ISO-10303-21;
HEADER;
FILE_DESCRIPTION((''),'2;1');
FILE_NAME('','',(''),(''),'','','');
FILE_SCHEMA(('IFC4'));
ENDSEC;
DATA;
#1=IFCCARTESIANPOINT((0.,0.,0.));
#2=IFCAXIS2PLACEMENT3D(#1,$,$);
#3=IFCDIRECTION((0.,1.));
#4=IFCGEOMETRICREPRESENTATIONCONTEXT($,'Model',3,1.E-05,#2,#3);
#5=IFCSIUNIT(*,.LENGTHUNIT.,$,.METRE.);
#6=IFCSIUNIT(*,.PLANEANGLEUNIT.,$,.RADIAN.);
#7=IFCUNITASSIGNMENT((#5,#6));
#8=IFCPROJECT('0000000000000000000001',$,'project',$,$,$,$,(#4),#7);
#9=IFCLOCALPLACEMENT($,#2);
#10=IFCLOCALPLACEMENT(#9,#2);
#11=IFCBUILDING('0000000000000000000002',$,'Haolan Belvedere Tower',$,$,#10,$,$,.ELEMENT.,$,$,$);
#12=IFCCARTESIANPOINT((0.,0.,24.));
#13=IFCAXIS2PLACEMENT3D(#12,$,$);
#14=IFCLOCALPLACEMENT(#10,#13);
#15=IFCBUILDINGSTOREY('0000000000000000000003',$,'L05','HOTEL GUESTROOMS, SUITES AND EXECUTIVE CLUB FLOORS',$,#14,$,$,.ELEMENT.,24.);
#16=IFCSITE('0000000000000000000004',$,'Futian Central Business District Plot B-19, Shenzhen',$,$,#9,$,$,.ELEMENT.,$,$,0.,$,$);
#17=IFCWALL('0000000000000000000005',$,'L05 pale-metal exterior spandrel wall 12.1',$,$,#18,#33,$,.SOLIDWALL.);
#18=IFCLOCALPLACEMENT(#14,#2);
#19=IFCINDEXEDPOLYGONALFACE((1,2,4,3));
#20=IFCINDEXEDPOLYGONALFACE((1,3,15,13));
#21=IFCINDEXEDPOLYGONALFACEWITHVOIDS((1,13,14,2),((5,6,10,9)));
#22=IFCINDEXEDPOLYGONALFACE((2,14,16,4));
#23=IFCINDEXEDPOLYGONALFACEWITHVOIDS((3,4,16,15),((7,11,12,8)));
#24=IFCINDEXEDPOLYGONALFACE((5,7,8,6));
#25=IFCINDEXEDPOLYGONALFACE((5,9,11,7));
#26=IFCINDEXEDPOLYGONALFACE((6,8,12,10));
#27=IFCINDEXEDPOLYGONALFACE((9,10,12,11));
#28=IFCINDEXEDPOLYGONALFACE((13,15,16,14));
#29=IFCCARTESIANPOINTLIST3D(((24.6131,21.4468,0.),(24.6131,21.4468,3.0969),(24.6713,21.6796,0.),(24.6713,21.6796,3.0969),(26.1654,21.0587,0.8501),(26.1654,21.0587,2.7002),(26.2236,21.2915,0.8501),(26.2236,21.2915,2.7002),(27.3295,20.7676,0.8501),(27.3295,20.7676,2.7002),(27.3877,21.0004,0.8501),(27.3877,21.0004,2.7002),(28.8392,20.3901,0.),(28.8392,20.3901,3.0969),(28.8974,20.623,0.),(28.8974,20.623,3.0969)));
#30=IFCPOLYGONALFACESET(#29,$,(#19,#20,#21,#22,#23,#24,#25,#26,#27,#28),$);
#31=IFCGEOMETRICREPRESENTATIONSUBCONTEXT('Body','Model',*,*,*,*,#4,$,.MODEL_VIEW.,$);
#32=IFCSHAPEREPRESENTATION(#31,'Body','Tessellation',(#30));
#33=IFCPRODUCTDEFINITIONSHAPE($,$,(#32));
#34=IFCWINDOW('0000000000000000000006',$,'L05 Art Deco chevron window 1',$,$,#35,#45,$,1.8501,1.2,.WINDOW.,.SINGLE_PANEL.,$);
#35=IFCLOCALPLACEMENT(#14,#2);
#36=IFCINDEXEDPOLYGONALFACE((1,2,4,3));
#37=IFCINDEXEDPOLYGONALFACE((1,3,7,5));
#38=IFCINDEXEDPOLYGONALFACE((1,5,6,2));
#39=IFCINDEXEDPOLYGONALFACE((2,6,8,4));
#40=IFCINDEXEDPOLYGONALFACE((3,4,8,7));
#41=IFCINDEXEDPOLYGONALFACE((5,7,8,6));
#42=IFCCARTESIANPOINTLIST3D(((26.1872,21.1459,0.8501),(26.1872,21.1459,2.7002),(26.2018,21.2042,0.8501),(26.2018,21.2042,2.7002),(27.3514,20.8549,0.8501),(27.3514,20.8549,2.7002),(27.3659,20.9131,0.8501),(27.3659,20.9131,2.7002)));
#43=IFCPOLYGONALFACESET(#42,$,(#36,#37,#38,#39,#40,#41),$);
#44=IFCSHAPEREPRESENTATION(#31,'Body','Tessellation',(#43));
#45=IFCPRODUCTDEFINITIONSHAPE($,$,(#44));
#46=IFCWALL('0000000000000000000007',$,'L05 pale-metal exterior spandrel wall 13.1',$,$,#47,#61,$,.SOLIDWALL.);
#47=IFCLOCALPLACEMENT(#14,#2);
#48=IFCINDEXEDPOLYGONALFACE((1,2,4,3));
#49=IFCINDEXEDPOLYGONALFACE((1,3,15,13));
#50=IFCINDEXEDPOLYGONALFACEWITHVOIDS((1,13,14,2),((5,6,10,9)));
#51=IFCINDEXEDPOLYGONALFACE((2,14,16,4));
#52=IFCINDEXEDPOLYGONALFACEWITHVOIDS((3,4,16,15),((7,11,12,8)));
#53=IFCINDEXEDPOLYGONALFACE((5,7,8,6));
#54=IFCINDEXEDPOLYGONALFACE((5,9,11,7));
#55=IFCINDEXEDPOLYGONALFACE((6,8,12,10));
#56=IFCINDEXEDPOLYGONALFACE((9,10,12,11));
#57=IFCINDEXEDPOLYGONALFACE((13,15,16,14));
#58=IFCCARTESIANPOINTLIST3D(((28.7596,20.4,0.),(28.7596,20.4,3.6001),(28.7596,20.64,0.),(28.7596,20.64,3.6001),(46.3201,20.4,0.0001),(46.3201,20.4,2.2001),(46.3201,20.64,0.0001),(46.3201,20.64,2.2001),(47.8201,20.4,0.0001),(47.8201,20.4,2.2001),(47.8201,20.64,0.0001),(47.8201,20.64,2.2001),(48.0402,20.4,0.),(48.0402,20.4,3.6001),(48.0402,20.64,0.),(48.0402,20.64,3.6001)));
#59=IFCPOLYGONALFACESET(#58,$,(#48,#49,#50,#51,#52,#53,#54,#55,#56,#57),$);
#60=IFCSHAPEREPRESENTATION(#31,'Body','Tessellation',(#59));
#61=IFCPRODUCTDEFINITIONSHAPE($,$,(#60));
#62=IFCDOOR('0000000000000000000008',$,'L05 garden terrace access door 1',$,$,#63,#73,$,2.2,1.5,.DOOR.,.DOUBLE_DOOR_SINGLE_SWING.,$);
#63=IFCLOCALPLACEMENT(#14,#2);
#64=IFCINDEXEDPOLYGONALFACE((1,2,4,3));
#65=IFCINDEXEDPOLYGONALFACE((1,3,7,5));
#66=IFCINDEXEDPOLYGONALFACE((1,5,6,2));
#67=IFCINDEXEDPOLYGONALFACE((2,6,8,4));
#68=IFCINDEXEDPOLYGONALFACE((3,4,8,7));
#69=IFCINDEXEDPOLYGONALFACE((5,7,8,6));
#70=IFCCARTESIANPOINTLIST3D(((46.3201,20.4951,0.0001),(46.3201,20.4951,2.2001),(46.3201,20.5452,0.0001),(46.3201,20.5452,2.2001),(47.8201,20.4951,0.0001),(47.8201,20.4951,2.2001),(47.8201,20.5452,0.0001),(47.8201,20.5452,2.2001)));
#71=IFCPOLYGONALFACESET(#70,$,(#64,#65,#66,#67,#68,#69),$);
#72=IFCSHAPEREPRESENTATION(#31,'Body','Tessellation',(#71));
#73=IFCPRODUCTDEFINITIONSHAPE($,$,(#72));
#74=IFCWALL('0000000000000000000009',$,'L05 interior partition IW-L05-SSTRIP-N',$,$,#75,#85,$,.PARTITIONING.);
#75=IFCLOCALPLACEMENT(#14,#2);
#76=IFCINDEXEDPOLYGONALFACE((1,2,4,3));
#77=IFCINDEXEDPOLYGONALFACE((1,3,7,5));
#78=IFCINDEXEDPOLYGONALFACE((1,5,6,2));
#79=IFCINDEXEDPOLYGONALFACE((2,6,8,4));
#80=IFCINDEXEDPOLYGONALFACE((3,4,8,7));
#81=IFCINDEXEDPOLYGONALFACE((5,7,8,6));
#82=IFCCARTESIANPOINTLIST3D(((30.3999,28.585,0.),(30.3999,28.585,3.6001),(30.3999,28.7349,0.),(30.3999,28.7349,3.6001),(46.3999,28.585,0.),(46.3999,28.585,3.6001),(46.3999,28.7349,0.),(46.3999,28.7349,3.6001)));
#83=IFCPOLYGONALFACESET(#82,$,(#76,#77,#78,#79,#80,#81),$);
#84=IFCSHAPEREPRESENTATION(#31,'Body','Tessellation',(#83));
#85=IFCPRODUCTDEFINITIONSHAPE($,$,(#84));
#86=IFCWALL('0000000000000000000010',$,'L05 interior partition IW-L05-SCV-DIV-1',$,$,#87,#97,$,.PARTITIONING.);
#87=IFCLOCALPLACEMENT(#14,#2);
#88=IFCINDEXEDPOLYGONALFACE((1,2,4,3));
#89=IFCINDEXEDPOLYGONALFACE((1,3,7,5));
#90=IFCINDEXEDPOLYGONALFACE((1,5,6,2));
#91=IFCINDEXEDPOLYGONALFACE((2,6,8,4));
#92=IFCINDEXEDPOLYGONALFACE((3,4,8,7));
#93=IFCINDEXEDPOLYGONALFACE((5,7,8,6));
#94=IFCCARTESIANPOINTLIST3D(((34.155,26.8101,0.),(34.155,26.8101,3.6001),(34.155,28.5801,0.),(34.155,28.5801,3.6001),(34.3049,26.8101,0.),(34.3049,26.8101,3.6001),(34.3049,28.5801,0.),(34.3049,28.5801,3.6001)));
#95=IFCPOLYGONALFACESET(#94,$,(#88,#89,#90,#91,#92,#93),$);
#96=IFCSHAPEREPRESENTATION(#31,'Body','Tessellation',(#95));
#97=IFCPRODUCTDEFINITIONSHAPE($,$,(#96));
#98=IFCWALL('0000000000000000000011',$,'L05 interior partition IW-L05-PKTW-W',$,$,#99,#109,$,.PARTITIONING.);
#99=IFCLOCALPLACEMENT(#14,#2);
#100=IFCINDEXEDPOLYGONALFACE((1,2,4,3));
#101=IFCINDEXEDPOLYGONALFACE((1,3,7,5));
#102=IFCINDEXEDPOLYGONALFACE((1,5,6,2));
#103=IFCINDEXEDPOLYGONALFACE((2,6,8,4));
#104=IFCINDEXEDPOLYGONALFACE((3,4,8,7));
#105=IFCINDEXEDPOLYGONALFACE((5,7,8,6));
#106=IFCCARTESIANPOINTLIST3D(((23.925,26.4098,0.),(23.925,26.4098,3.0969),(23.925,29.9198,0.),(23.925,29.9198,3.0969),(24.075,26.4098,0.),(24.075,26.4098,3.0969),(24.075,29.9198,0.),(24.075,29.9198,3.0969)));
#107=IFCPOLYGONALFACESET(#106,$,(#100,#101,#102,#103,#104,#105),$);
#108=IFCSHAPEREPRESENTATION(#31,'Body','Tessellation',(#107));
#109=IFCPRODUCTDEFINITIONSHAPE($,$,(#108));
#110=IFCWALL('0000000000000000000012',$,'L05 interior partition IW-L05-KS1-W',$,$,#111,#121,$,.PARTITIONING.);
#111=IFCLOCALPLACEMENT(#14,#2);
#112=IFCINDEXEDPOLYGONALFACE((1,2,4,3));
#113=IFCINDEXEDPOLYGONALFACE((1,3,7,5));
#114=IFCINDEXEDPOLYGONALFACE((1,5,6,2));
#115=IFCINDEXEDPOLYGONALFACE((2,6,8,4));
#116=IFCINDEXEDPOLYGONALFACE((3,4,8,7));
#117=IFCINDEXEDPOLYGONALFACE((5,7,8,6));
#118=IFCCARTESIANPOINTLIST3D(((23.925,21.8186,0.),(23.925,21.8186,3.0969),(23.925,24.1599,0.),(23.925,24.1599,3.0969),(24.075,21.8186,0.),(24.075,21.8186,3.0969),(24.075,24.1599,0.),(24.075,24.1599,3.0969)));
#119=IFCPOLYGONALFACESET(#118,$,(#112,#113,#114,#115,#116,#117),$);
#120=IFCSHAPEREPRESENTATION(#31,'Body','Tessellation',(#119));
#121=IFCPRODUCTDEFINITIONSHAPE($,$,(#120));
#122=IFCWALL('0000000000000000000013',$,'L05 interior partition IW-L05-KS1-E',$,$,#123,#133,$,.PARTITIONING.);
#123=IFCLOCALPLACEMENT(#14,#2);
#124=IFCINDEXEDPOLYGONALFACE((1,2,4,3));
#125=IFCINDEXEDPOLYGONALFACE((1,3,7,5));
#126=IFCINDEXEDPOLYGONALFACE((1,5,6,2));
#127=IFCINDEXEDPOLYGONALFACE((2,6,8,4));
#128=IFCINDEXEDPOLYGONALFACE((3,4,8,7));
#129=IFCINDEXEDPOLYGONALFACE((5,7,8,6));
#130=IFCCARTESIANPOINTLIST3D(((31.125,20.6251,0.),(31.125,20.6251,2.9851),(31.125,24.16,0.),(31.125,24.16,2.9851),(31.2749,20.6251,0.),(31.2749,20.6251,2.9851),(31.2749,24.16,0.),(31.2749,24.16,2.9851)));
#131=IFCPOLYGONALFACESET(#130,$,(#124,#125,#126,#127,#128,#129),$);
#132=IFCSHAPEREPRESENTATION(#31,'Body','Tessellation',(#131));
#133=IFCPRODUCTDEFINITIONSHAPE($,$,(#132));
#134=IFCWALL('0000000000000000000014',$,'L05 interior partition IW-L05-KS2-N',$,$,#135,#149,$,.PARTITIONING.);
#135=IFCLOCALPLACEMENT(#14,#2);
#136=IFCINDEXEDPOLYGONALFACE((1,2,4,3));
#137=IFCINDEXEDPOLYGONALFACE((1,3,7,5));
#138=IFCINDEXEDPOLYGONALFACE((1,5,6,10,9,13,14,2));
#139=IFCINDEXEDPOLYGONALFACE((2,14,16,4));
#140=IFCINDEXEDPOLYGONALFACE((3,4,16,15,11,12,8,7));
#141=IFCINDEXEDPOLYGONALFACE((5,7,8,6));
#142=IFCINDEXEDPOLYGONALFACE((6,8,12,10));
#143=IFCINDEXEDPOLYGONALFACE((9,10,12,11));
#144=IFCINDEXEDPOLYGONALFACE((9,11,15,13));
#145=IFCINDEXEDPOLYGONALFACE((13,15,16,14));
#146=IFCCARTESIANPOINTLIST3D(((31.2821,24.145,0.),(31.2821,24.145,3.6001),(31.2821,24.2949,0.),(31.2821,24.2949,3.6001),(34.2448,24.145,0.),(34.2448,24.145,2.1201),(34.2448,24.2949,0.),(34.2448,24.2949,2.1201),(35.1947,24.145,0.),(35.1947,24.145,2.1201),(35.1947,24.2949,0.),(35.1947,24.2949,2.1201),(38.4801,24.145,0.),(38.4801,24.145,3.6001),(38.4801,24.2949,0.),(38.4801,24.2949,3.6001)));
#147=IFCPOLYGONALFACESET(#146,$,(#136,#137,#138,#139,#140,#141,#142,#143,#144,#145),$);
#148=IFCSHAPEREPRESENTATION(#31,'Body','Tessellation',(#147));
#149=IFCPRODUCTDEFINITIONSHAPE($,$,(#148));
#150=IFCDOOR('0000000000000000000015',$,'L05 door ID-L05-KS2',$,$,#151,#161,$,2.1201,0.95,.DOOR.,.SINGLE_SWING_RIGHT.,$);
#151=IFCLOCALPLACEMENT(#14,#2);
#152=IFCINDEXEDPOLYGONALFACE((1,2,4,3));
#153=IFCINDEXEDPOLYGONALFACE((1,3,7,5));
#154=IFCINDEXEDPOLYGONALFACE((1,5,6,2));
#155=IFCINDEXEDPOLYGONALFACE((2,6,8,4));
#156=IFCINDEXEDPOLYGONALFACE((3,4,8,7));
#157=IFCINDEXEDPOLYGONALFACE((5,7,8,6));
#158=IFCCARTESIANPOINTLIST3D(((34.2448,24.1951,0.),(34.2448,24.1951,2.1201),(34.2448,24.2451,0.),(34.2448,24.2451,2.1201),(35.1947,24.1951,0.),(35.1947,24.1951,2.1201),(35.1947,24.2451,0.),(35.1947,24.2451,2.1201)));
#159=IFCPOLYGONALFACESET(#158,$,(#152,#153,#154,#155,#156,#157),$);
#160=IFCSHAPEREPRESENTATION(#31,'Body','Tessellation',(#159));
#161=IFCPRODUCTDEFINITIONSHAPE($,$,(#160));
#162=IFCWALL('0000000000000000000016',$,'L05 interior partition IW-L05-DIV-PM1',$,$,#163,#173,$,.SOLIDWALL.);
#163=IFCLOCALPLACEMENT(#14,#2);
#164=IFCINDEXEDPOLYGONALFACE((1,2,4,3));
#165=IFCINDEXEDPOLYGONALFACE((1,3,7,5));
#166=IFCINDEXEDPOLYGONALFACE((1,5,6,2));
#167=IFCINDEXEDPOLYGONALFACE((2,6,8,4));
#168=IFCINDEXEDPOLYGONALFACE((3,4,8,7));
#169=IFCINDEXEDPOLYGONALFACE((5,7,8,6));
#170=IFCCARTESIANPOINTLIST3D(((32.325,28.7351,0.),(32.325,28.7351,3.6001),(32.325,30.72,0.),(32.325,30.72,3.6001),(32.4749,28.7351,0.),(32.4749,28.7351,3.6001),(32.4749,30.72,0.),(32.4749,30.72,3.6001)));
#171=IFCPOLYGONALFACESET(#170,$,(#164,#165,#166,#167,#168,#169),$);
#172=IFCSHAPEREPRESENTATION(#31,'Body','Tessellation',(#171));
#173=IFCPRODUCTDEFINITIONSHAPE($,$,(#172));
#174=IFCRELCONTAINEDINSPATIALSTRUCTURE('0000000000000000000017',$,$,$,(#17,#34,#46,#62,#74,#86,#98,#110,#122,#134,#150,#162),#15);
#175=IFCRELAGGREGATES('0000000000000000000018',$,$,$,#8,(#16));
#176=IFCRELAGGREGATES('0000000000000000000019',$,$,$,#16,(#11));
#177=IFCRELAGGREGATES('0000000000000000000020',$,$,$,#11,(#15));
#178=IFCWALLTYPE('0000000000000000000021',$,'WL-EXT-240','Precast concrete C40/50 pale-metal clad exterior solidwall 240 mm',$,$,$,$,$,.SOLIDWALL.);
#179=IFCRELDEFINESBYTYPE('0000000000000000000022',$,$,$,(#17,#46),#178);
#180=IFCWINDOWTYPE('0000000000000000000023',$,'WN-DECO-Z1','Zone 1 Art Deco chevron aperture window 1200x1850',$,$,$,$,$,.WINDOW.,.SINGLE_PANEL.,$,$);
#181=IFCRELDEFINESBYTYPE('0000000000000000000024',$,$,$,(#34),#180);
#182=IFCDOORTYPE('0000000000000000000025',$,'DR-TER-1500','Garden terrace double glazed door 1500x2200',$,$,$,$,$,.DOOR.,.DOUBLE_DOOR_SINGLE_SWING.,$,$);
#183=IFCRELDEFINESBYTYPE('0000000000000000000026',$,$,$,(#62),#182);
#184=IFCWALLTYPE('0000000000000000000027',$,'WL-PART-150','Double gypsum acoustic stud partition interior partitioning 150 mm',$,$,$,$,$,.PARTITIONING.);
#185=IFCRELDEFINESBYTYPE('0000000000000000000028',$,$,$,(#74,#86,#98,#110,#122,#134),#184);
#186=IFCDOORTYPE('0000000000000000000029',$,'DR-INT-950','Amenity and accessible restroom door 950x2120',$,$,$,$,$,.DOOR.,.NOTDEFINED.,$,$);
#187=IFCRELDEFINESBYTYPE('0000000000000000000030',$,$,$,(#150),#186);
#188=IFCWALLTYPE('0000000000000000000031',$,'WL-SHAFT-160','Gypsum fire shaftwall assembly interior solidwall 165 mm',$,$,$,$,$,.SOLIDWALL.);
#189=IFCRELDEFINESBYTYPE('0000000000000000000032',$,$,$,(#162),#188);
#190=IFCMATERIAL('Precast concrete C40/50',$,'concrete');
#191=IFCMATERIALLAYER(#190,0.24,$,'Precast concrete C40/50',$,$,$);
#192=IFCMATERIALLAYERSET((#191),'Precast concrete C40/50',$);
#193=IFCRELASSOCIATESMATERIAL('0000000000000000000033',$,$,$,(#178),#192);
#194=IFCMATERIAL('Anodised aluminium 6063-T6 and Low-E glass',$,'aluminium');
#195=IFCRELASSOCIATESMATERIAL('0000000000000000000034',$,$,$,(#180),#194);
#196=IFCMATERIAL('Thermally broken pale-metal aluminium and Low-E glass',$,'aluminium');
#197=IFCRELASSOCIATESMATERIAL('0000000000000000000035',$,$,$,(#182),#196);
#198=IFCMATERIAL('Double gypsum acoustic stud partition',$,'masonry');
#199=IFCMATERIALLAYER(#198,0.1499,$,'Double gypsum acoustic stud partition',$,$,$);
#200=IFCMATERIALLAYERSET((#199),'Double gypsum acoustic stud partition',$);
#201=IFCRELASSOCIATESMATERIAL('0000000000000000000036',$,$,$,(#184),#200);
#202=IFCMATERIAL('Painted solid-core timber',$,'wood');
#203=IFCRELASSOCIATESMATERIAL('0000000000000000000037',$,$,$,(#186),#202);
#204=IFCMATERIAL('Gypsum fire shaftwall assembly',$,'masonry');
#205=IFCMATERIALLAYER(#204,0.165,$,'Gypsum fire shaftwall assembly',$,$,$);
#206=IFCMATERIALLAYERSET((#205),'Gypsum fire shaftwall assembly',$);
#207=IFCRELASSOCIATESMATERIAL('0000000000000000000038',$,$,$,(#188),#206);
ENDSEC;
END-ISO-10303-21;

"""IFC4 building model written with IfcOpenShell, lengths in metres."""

from ifc_helpers import new_model, si_unit, direction, frame, frame_2d, origin, place, context, subcontext, project, spatial, rectangle, extrude, material, layer, layer_set, type_object, element, fill, save


model = new_model("IFC4")

# Units and contexts
model_context = context("Model", 3, precision=1e-05, world=origin(), true_north=direction((0.0, 1.0)))
body_context = subcontext(model_context, "Body", "Model", "MODEL_VIEW")
ifc_project = project(units=[si_unit("LENGTHUNIT", "METRE"), si_unit("PLANEANGLEUNIT", "RADIAN")], contexts=[model_context])

# Site, building, storey
site_placement = place(None, origin())
site = spatial("IfcSite", under=ifc_project, at=site_placement, Name="Futian Central Business District Plot B-19, Shenzhen", CompositionType="ELEMENT", RefElevation=0.0)
building_placement = place(site_placement, origin())
building = spatial("IfcBuilding", under=site, at=building_placement, Name="Haolan Belvedere Tower", CompositionType="ELEMENT")
storey_placement = place(building_placement, frame((0.0, 0.0, 24.0)))
storey = spatial("IfcBuildingStorey", under=building, at=storey_placement, Name="L05", Description="HOTEL GUESTROOMS, SUITES AND EXECUTIVE CLUB FLOORS", CompositionType="ELEMENT", Elevation=24.0)

# Wall, opening, window
ifc_material_1 = material(Name="Precast concrete C40/50", Category="concrete")
ifc_layer_1 = layer(ifc_material_1, 0.24, Name="Precast concrete C40/50")
ifc_layer_set_1 = layer_set([ifc_layer_1], Name="Precast concrete C40/50")
wall_type_1 = type_object("IfcWallType", Name="WL-EXT-240", Description="Precast concrete C40/50 pale-metal clad exterior solidwall 240 mm", PredefinedType="SOLIDWALL", material=ifc_layer_set_1)
wall_1_placement = place(storey_placement, frame((24.6421, 21.5632, 0.0), z_axis=(0.0, 0.0, 1.0), x_axis=(0.970136, -0.242562, 0.0)))
wall_1 = element("IfcWall", 1, at=wall_1_placement, inside=storey, type_object=wall_type_1, Name="L05 pale-metal exterior spandrel wall 12.1", PredefinedType="SOLIDWALL", context=body_context, shape_type="SweptSolid", body=[
    extrude(rectangle(XDim=4.3562, YDim=0.24, at=frame_2d((2.1782, 0.0))), origin(), (0.0, 0.0, 1.0), 3.0969),
])
opening_1_placement = place(wall_1_placement, frame((1.6001, 0.0, 0.8501)))
opening_1 = element("IfcOpeningElement", 2, at=opening_1_placement, cuts=wall_1, PredefinedType="OPENING", context=body_context, shape_type="SweptSolid", body=[
    extrude(rectangle(XDim=1.2, YDim=1.8501, at=frame_2d((0.6001, 0.925))), frame((0.0, 0.1299, 0.0), z_axis=(0.0, -1.0, 0.0), x_axis=(1.0, 0.0, 0.0)), (0.0, 0.0, 1.0), 0.26),
])
ifc_material_2 = material(Name="Anodised aluminium 6063-T6 and Low-E glass", Category="aluminium")
window_type = type_object("IfcWindowType", Name="WN-DECO-Z1", Description="Zone 1 Art Deco chevron aperture window 1200x1850", PartitioningType="SINGLE_PANEL", PredefinedType="WINDOW", material=ifc_material_2)
window_placement = place(opening_1_placement, origin())
window = element("IfcWindow", 3, at=window_placement, inside=storey, type_object=window_type, Name="L05 Art Deco chevron window 1", OverallHeight=1.8501, OverallWidth=1.2, PartitioningType="SINGLE_PANEL", PredefinedType="WINDOW", context=body_context, shape_type="SweptSolid", body=[
    extrude(rectangle(XDim=1.2, YDim=1.8501, at=frame_2d((0.6001, 0.925))), frame((0.0, 0.03, 0.0), z_axis=(0.0, -1.0, 0.0), x_axis=(1.0, 0.0, 0.0)), (0.0, 0.0, 1.0), 0.0601),
])
fill(opening_1, window)

# Wall, opening, door
wall_2_placement = place(storey_placement, frame((28.7598, 20.52, 0.0), z_axis=(0.0, 0.0, 1.0), x_axis=(1.0, 0.0, 0.0)))
wall_2 = element("IfcWall", 4, at=wall_2_placement, inside=storey, type_object=wall_type_1, Name="L05 pale-metal exterior spandrel wall 13.1", PredefinedType="SOLIDWALL", context=body_context, shape_type="SweptSolid", body=[
    extrude(rectangle(XDim=19.2805, YDim=0.24, at=frame_2d((9.6401, 0.0))), origin(), (0.0, 0.0, 1.0), 3.6001),
])
opening_2_placement = place(wall_2_placement, frame((19.0603, 0.0, 0.0), z_axis=(0.0, 0.0, 1.0), x_axis=(-1.0, 0.0, 0.0)))
opening_2 = element("IfcOpeningElement", 5, at=opening_2_placement, cuts=wall_2, PredefinedType="OPENING", context=body_context, shape_type="SweptSolid", body=[
    extrude(rectangle(XDim=1.5, YDim=2.2, at=frame_2d((0.75, 1.1001))), frame((0.0, 0.1299, 0.0), z_axis=(0.0, -1.0, 0.0), x_axis=(1.0, 0.0, 0.0)), (0.0, 0.0, 1.0), 0.26),
])
ifc_material_3 = material(Name="Thermally broken pale-metal aluminium and Low-E glass", Category="aluminium")
door_type_1 = type_object("IfcDoorType", Name="DR-TER-1500", Description="Garden terrace double glazed door 1500x2200", OperationType="DOUBLE_DOOR_SINGLE_SWING", PredefinedType="DOOR", material=ifc_material_3)
door_1_placement = place(opening_2_placement, origin())
door_1 = element("IfcDoor", 6, at=door_1_placement, inside=storey, type_object=door_type_1, Name="L05 garden terrace access door 1", OperationType="DOUBLE_DOOR_SINGLE_SWING", OverallHeight=2.2, OverallWidth=1.5, PredefinedType="DOOR", context=body_context, shape_type="SweptSolid", body=[
    extrude(rectangle(XDim=1.5, YDim=2.2, at=frame_2d((0.75, 1.1001))), frame((0.0, 0.0249, 0.0), z_axis=(0.0, -1.0, 0.0), x_axis=(1.0, 0.0, 0.0)), (0.0, 0.0, 1.0), 0.05),
])
fill(opening_2, door_1)

# Walls
ifc_material_4 = material(Name="Double gypsum acoustic stud partition", Category="masonry")
ifc_layer_2 = layer(ifc_material_4, 0.1499, Name="Double gypsum acoustic stud partition")
ifc_layer_set_2 = layer_set([ifc_layer_2], Name="Double gypsum acoustic stud partition")
wall_type_2 = type_object("IfcWallType", Name="WL-PART-150", Description="Double gypsum acoustic stud partition interior partitioning 150 mm", PredefinedType="PARTITIONING", material=ifc_layer_set_2)
wall_3_placement = place(storey_placement, frame((30.3999, 28.6599, 0.0), z_axis=(0.0, 0.0, 1.0), x_axis=(1.0, 0.0, 0.0)))
element("IfcWall", 7, at=wall_3_placement, inside=storey, type_object=wall_type_2, Name="L05 interior partition IW-L05-SSTRIP-N", PredefinedType="PARTITIONING", context=body_context, shape_type="SweptSolid", body=[
    extrude(rectangle(XDim=16.0, YDim=0.1499, at=frame_2d((8.0, 0.0))), origin(), (0.0, 0.0, 1.0), 3.6001),
])
wall_4_placement = place(storey_placement, frame((34.23, 26.8101, 0.0), z_axis=(0.0, 0.0, 1.0), x_axis=(0.0, 1.0, 0.0)))
element("IfcWall", 8, at=wall_4_placement, inside=storey, type_object=wall_type_2, Name="L05 interior partition IW-L05-SCV-DIV-1", PredefinedType="PARTITIONING", context=body_context, shape_type="SweptSolid", body=[
    extrude(rectangle(XDim=1.77, YDim=0.1499, at=frame_2d((0.885, 0.0))), origin(), (0.0, 0.0, 1.0), 3.6001),
])
wall_5_placement = place(storey_placement, frame((24.0, 26.4099, 0.0), z_axis=(0.0, 0.0, 1.0), x_axis=(0.0, 1.0, 0.0)))
element("IfcWall", 9, at=wall_5_placement, inside=storey, type_object=wall_type_2, Name="L05 interior partition IW-L05-PKTW-W", PredefinedType="PARTITIONING", context=body_context, shape_type="SweptSolid", body=[
    extrude(rectangle(XDim=3.51, YDim=0.1499, at=frame_2d((1.7549, 0.0))), origin(), (0.0, 0.0, 1.0), 3.0969),
])

# Shared definitions
ifc_material_5 = material(Name="Painted solid-core timber", Category="wood")
door_type_2 = type_object("IfcDoorType", Name="DR-INT-950", Description="Amenity and accessible restroom door 950x2120", OperationType="NOTDEFINED", PredefinedType="DOOR", material=ifc_material_5)

# Walls
wall_6_placement = place(storey_placement, frame((24.0, 21.8186, 0.0), z_axis=(0.0, 0.0, 1.0), x_axis=(0.0, 1.0, 0.0)))
element("IfcWall", 10, at=wall_6_placement, inside=storey, type_object=wall_type_2, Name="L05 interior partition IW-L05-KS1-W", PredefinedType="PARTITIONING", context=body_context, shape_type="SweptSolid", body=[
    extrude(rectangle(XDim=2.3413, YDim=0.1499, at=frame_2d((1.1707, 0.0))), origin(), (0.0, 0.0, 1.0), 3.0969),
])
wall_7_placement = place(storey_placement, frame((31.2, 20.625, 0.0), z_axis=(0.0, 0.0, 1.0), x_axis=(0.0, 1.0, 0.0)))
element("IfcWall", 11, at=wall_7_placement, inside=storey, type_object=wall_type_2, Name="L05 interior partition IW-L05-KS1-E", PredefinedType="PARTITIONING", context=body_context, shape_type="SweptSolid", body=[
    extrude(rectangle(XDim=3.5349, YDim=0.1499, at=frame_2d((1.7676, 0.0))), origin(), (0.0, 0.0, 1.0), 2.9851),
])

# Wall, opening, door
wall_8_placement = place(storey_placement, frame((31.282, 24.22, 0.0), z_axis=(0.0, 0.0, 1.0), x_axis=(1.0, 0.0, 0.0)))
wall_8 = element("IfcWall", 12, at=wall_8_placement, inside=storey, type_object=wall_type_2, Name="L05 interior partition IW-L05-KS2-N", PredefinedType="PARTITIONING", context=body_context, shape_type="SweptSolid", body=[
    extrude(rectangle(XDim=7.198, YDim=0.1499, at=frame_2d((3.5991, 0.0))), origin(), (0.0, 0.0, 1.0), 3.6001),
])
opening_3_placement = place(wall_8_placement, frame((3.9128, 0.0, 0.0), z_axis=(0.0, 0.0, 1.0), x_axis=(-1.0, 0.0, 0.0)))
opening_3 = element("IfcOpeningElement", 13, at=opening_3_placement, cuts=wall_8, PredefinedType="OPENING", context=body_context, shape_type="SweptSolid", body=[
    extrude(rectangle(XDim=0.95, YDim=2.1201, at=frame_2d((0.4751, 1.0601))), frame((0.0, 0.085, 0.0), z_axis=(0.0, -1.0, 0.0), x_axis=(1.0, 0.0, 0.0)), (0.0, 0.0, 1.0), 0.1699),
])
door_2_placement = place(opening_3_placement, origin())
door_2 = element("IfcDoor", 14, at=door_2_placement, inside=storey, type_object=door_type_2, Name="L05 door ID-L05-KS2", OperationType="SINGLE_SWING_RIGHT", OverallHeight=2.1201, OverallWidth=0.95, PredefinedType="DOOR", context=body_context, shape_type="SweptSolid", body=[
    extrude(rectangle(XDim=0.95, YDim=2.1201, at=frame_2d((0.4751, 1.0601))), frame((0.0, 0.0249, 0.0), z_axis=(0.0, -1.0, 0.0), x_axis=(1.0, 0.0, 0.0)), (0.0, 0.0, 1.0), 0.05),
])
fill(opening_3, door_2)

# Wall
ifc_material_6 = material(Name="Gypsum fire shaftwall assembly", Category="masonry")
ifc_layer_3 = layer(ifc_material_6, 0.165, Name="Gypsum fire shaftwall assembly")
ifc_layer_set_3 = layer_set([ifc_layer_3], Name="Gypsum fire shaftwall assembly")
wall_type_3 = type_object("IfcWallType", Name="WL-SHAFT-160", Description="Gypsum fire shaftwall assembly interior solidwall 165 mm", PredefinedType="SOLIDWALL", material=ifc_layer_set_3)
for number, where, z_axis, x_axis, name in (
    (15, (32.3999, 28.7351, 0.0), (0.0, 0.0, 1.0), (0.0, 1.0, 0.0), "L05 interior partition IW-L05-DIV-PM1"),
):
    element("IfcWall", number, at=place(storey_placement, frame(where, z_axis=z_axis, x_axis=x_axis)), inside=storey, type_object=wall_type_3, Name=name, PredefinedType="SOLIDWALL", context=body_context, shape_type="SweptSolid", body=[
        extrude(rectangle(XDim=1.9849, YDim=0.1499, at=frame_2d((0.9924, 0.0))), origin(), (0.0, 0.0, 1.0), 3.6001),
    ])

save(model, "model.ifc")
